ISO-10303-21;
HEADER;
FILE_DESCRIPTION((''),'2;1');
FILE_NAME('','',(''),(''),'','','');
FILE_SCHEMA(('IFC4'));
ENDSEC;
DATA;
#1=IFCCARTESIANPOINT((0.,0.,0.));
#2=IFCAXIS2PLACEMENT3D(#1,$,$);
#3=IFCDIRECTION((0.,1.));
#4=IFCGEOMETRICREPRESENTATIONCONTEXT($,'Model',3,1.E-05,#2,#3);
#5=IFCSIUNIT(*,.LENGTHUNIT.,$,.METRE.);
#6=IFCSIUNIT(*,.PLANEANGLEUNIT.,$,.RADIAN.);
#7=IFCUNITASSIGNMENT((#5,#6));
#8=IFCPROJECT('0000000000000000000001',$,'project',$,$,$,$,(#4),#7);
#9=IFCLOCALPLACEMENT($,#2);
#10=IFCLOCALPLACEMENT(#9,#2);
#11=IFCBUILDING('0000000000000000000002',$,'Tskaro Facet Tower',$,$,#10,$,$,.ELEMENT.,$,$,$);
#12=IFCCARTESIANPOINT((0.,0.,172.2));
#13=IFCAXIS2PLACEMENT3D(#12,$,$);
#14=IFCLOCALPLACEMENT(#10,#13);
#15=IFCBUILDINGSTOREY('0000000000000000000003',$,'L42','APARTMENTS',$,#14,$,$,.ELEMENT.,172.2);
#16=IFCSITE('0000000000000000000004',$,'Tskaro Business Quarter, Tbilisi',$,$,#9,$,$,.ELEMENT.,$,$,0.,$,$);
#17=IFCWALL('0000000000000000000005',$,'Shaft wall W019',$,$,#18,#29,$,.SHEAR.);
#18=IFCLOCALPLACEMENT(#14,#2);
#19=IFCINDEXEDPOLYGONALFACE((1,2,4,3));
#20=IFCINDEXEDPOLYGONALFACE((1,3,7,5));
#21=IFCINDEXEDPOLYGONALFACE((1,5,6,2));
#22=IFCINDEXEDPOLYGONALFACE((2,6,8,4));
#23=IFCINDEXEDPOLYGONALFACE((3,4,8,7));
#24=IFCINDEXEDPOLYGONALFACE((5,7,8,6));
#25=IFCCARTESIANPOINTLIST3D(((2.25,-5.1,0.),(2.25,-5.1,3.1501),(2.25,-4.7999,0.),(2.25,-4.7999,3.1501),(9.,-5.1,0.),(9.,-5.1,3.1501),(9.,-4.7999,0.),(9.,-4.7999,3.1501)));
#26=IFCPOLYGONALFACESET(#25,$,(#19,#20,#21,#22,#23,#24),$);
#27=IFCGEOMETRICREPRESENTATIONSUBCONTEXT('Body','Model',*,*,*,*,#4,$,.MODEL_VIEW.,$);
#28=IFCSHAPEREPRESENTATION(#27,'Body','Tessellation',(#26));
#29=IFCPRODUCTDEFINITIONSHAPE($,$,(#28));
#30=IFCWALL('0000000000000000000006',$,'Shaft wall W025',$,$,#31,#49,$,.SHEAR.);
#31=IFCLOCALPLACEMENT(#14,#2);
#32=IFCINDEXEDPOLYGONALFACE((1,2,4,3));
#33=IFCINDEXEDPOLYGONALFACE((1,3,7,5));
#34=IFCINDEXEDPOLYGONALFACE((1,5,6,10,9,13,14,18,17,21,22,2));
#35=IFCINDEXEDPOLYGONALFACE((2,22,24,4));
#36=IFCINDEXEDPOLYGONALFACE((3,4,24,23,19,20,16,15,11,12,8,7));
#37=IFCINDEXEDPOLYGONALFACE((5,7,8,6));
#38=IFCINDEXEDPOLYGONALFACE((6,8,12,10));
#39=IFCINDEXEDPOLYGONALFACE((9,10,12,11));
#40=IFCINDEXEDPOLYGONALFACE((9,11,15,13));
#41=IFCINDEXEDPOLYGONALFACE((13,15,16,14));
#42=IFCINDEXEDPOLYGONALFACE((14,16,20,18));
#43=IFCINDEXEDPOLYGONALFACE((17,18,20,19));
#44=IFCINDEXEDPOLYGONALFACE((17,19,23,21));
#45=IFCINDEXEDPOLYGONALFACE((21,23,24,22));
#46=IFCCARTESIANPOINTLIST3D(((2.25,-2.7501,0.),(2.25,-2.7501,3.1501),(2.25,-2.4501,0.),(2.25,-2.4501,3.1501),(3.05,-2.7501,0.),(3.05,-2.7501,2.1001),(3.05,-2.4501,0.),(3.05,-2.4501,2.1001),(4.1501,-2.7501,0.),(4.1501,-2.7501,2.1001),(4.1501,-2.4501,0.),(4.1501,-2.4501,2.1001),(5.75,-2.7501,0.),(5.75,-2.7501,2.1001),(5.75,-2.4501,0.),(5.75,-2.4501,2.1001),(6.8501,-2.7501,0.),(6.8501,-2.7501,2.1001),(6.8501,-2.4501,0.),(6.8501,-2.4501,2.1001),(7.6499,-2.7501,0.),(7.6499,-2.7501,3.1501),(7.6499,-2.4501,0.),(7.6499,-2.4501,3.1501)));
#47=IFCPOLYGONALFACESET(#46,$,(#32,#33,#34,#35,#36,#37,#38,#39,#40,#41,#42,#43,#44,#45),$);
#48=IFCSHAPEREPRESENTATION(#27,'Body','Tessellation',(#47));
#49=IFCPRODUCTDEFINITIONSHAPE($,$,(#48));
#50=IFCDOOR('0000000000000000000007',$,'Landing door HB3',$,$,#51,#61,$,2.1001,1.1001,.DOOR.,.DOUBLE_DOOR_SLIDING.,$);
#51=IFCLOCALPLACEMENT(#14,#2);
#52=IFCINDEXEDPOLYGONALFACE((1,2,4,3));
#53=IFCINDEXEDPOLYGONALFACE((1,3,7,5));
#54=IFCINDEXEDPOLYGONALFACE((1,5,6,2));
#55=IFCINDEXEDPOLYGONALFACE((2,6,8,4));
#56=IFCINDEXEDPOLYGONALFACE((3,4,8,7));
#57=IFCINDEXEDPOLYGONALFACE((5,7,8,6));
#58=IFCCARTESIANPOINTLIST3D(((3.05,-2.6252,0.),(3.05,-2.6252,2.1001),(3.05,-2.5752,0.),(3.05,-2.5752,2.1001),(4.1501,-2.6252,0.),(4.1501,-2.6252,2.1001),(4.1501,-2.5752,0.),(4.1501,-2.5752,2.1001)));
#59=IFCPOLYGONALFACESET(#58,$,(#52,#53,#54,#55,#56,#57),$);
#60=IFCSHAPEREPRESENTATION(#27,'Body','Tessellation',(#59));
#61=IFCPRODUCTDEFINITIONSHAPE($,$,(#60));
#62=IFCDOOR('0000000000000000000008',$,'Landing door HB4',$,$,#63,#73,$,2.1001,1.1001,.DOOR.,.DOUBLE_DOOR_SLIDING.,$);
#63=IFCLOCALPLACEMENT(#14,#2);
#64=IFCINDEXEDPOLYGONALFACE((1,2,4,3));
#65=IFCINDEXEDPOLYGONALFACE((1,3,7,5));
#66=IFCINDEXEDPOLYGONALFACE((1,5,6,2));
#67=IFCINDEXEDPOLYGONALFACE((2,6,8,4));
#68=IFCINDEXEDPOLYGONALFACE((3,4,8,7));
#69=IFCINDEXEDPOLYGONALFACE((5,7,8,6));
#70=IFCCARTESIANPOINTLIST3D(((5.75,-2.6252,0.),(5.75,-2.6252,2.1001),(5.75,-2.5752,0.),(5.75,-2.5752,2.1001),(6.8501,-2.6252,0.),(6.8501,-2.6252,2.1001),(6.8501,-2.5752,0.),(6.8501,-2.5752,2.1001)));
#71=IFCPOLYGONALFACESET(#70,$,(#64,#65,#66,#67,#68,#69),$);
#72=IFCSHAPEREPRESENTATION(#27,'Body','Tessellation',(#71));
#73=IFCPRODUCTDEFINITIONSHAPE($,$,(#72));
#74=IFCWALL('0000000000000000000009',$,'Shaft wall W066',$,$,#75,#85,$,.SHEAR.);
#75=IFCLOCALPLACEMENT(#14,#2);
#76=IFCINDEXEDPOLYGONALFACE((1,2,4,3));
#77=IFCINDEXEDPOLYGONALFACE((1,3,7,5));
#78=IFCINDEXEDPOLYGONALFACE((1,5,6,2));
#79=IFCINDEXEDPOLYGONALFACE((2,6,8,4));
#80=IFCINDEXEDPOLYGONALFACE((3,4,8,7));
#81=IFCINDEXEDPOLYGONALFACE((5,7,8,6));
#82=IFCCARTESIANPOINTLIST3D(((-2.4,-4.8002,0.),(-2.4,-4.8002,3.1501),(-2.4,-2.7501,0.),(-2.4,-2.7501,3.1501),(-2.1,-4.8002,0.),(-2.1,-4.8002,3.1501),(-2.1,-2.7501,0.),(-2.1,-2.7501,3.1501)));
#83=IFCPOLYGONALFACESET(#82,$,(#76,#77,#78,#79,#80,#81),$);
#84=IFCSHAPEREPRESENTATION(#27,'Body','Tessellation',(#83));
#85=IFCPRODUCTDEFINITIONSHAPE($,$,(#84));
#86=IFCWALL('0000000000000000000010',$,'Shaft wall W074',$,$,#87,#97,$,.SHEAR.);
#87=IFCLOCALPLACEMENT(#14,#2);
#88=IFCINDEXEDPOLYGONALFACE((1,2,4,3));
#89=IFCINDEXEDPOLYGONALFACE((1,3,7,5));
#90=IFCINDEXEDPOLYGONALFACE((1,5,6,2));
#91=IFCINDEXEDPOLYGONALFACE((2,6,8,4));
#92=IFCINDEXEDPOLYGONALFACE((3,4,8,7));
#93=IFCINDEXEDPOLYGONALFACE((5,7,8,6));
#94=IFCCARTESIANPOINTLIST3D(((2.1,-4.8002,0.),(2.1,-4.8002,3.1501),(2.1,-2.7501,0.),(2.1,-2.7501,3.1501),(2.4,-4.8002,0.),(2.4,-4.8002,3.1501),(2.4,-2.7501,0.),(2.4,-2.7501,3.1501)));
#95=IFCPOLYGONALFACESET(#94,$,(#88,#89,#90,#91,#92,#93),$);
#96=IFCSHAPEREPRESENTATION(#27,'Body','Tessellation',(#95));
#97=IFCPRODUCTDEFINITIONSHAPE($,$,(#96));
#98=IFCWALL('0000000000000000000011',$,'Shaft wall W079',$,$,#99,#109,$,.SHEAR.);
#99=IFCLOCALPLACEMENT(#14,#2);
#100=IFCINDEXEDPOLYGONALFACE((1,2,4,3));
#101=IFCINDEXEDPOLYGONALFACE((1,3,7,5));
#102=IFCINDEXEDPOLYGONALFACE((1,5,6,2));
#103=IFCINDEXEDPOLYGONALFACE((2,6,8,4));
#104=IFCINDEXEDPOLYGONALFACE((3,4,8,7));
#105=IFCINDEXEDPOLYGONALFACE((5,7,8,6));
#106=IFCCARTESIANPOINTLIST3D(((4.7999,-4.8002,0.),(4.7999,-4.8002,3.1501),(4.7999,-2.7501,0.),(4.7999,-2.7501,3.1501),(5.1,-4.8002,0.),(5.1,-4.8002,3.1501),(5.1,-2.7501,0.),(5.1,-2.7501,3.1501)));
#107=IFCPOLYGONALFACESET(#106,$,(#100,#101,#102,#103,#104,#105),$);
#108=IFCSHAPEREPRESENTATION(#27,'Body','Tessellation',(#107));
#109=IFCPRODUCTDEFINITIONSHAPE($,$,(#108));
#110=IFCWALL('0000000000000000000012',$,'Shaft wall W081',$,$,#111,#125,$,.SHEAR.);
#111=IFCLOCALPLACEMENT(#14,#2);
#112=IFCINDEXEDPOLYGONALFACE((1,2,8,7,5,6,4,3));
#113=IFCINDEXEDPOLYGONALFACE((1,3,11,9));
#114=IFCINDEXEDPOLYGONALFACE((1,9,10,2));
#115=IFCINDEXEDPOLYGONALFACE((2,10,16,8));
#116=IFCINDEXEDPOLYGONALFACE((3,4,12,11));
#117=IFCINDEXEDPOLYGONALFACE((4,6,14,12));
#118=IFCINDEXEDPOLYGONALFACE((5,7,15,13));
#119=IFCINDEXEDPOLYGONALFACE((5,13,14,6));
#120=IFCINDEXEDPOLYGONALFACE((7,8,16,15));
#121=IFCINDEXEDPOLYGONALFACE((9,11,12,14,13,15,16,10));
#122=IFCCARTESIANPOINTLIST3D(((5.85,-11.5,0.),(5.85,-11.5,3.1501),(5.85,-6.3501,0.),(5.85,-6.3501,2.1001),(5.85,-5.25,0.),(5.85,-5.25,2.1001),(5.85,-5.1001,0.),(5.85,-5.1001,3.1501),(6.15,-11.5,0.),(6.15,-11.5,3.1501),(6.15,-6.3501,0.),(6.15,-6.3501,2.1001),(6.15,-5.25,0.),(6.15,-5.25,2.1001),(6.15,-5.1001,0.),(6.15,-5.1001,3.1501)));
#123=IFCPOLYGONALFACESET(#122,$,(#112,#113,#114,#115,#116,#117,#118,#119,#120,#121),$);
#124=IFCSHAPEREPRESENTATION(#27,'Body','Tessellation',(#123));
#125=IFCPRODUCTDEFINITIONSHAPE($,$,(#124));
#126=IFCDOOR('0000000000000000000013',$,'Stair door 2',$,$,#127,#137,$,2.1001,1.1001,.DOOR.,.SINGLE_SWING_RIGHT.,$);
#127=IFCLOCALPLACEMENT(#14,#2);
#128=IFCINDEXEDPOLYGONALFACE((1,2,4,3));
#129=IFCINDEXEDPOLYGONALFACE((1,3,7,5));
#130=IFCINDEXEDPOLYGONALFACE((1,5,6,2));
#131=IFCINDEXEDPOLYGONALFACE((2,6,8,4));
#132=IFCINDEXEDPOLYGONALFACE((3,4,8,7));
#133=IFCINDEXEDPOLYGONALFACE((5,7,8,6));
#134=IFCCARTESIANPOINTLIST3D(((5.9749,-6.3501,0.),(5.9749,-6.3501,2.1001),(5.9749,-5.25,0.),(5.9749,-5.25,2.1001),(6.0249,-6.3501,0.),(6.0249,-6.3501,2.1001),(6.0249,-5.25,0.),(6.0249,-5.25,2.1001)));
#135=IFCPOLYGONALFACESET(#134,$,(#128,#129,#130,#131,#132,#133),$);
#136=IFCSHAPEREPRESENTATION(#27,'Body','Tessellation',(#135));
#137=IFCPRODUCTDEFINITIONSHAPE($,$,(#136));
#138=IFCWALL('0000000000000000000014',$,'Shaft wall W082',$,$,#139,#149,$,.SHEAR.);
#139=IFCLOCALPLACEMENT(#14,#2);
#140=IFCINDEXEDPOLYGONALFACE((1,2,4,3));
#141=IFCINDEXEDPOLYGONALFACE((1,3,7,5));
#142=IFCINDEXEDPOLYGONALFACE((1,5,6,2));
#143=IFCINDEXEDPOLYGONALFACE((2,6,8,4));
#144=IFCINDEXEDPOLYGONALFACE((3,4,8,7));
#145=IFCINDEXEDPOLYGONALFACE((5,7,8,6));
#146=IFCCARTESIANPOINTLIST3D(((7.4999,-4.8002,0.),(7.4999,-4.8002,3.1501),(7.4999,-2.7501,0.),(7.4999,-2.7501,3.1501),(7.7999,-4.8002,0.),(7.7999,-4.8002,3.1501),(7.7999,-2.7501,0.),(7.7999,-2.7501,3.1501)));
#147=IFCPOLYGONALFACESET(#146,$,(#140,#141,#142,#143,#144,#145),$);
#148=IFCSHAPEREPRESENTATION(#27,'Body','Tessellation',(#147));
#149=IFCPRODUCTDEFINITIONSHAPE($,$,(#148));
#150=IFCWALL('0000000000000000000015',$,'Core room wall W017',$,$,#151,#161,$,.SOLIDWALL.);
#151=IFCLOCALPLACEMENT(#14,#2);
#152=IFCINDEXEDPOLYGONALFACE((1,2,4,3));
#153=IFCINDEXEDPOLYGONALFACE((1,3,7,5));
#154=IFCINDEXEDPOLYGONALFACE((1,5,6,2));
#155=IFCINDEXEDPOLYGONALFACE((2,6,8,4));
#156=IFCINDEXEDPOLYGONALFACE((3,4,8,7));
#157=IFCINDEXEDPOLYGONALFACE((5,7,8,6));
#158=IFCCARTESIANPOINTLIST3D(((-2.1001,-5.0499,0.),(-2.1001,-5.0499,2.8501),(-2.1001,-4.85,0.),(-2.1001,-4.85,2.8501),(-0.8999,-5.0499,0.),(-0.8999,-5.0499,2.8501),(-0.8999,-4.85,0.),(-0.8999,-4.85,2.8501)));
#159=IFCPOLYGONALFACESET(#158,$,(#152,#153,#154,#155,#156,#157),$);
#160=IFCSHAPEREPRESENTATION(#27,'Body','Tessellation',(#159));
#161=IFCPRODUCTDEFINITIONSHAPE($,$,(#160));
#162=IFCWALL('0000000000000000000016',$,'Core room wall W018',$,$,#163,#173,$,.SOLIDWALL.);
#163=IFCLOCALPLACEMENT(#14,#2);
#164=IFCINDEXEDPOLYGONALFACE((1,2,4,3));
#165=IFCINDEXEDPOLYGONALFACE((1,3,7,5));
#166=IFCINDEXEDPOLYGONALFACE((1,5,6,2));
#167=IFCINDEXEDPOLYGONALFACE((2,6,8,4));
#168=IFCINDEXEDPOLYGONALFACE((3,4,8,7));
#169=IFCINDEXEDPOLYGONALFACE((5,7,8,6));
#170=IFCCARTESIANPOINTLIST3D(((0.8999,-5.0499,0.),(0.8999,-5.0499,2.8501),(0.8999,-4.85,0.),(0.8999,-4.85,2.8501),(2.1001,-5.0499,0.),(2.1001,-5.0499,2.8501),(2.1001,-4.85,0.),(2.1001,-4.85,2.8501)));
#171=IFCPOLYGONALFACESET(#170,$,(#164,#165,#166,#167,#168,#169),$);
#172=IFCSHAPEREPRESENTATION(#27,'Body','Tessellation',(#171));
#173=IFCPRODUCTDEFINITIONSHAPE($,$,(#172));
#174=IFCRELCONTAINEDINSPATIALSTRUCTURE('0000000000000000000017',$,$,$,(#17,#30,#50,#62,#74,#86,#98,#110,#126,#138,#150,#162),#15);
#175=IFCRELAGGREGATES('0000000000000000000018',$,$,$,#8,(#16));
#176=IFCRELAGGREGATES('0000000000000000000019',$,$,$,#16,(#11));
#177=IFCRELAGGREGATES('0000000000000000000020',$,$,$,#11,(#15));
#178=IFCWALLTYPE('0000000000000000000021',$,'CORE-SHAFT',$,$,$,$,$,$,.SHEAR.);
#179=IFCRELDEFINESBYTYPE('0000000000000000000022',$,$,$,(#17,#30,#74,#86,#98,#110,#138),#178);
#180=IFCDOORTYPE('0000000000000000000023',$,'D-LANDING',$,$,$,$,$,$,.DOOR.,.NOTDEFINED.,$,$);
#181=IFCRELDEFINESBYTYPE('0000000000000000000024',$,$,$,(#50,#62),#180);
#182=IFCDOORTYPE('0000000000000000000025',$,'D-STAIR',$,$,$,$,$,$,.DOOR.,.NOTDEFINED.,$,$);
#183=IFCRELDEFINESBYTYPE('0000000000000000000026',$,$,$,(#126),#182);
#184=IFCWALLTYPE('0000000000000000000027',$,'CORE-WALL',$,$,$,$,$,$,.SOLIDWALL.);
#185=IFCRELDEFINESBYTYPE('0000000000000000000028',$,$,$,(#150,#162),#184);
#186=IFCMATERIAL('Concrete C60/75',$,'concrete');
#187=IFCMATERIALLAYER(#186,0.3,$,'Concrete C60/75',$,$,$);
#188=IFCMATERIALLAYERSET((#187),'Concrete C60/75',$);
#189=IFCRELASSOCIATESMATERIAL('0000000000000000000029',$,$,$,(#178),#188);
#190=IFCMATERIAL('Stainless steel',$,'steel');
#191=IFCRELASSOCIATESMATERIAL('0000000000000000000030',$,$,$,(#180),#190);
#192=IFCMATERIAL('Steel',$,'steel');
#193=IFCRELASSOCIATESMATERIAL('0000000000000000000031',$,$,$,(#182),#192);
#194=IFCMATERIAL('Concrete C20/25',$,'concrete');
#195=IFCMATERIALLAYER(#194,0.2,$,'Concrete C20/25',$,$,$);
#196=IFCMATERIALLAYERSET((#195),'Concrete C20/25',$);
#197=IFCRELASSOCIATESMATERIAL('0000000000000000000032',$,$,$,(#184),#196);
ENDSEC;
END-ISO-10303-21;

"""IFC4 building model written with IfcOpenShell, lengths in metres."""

from ifc_helpers import new_model, si_unit, direction, frame, frame_2d, origin, place, context, subcontext, project, spatial, rectangle, extrude, material, layer, layer_set, type_object, element, fill, save


model = new_model("IFC4")

# Units and contexts
model_context = context("Model", 3, precision=1e-05, world=origin(), true_north=direction((0.0, 1.0)))
body_context = subcontext(model_context, "Body", "Model", "MODEL_VIEW")
ifc_project = project(units=[si_unit("LENGTHUNIT", "METRE"), si_unit("PLANEANGLEUNIT", "RADIAN")], contexts=[model_context])

# Site, building, storey
site_placement = place(None, origin())
site = spatial("IfcSite", under=ifc_project, at=site_placement, Name="Tskaro Business Quarter, Tbilisi", CompositionType="ELEMENT", RefElevation=0.0)
building_placement = place(site_placement, origin())
building = spatial("IfcBuilding", under=site, at=building_placement, Name="Tskaro Facet Tower", CompositionType="ELEMENT")
storey_placement = place(building_placement, frame((0.0, 0.0, 172.2)))
storey = spatial("IfcBuildingStorey", under=building, at=storey_placement, Name="L42", Description="APARTMENTS", CompositionType="ELEMENT", Elevation=172.2)

# Wall
ifc_material_1 = material(Name="Concrete C60/75", Category="concrete")
ifc_layer_1 = layer(ifc_material_1, 0.3, Name="Concrete C60/75")
ifc_layer_set_1 = layer_set([ifc_layer_1], Name="Concrete C60/75")
wall_type_1 = type_object("IfcWallType", Name="CORE-SHAFT", PredefinedType="SHEAR", material=ifc_layer_set_1)
wall_1_placement = place(storey_placement, frame((2.25, -4.95, 0.0), z_axis=(0.0, 0.0, 1.0), x_axis=(1.0, 0.0, 0.0)))
element("IfcWall", 1, at=wall_1_placement, inside=storey, type_object=wall_type_1, Name="Shaft wall W019", PredefinedType="SHEAR", context=body_context, shape_type="SweptSolid", body=[
    extrude(rectangle(XDim=6.75, YDim=0.3, at=frame_2d((3.375, 0.0))), origin(), (0.0, 0.0, 1.0), 3.1501),
])

# Wall, openings, doors
wall_2_placement = place(storey_placement, frame((2.25, -2.6001, 0.0), z_axis=(0.0, 0.0, 1.0), x_axis=(1.0, 0.0, 0.0)))
wall_2 = element("IfcWall", 2, at=wall_2_placement, inside=storey, type_object=wall_type_1, Name="Shaft wall W025", PredefinedType="SHEAR", context=body_context, shape_type="SweptSolid", body=[
    extrude(rectangle(XDim=5.3999, YDim=0.3, at=frame_2d((2.7, 0.0))), origin(), (0.0, 0.0, 1.0), 3.1501),
])
opening_1_placement = place(wall_2_placement, frame((0.8, 0.0, 0.0)))
opening_1 = element("IfcOpeningElement", 3, at=opening_1_placement, cuts=wall_2, PredefinedType="OPENING", context=body_context, shape_type="SweptSolid", body=[
    extrude(rectangle(XDim=1.1001, YDim=2.1001, at=frame_2d((0.55, 1.05))), frame((0.0, 0.1599, 0.0), z_axis=(0.0, -1.0, 0.0), x_axis=(1.0, 0.0, 0.0)), (0.0, 0.0, 1.0), 0.3201),
])
opening_2_placement = place(wall_2_placement, frame((3.5, 0.0, 0.0)))
opening_2 = element("IfcOpeningElement", 4, at=opening_2_placement, cuts=wall_2, PredefinedType="OPENING", context=body_context, shape_type="SweptSolid", body=[
    extrude(rectangle(XDim=1.1001, YDim=2.1001, at=frame_2d((0.55, 1.05))), frame((0.0, 0.1599, 0.0), z_axis=(0.0, -1.0, 0.0), x_axis=(1.0, 0.0, 0.0)), (0.0, 0.0, 1.0), 0.3201),
])
ifc_material_2 = material(Name="Stainless steel", Category="steel")
door_type_1 = type_object("IfcDoorType", Name="D-LANDING", OperationType="NOTDEFINED", PredefinedType="DOOR", material=ifc_material_2)
door_1_placement = place(opening_1_placement, origin())
door_1 = element("IfcDoor", 5, at=door_1_placement, inside=storey, type_object=door_type_1, Name="Landing door HB3", OperationType="DOUBLE_DOOR_SLIDING", OverallHeight=2.1001, OverallWidth=1.1001, PredefinedType="DOOR", context=body_context, shape_type="SweptSolid", body=[
    extrude(rectangle(XDim=1.1001, YDim=2.1001, at=frame_2d((0.55, 1.05))), frame((0.0, 0.0249, 0.0), z_axis=(0.0, -1.0, 0.0), x_axis=(1.0, 0.0, 0.0)), (0.0, 0.0, 1.0), 0.05),
])
fill(opening_1, door_1)
door_2_placement = place(opening_2_placement, origin())
door_2 = element("IfcDoor", 6, at=door_2_placement, inside=storey, type_object=door_type_1, Name="Landing door HB4", OperationType="DOUBLE_DOOR_SLIDING", OverallHeight=2.1001, OverallWidth=1.1001, PredefinedType="DOOR", context=body_context, shape_type="SweptSolid", body=[
    extrude(rectangle(XDim=1.1001, YDim=2.1001, at=frame_2d((0.55, 1.05))), frame((0.0, 0.0249, 0.0), z_axis=(0.0, -1.0, 0.0), x_axis=(1.0, 0.0, 0.0)), (0.0, 0.0, 1.0), 0.05),
])
fill(opening_2, door_2)

# Walls
for number, where, z_axis, x_axis, name in (
    (7, (-2.25, -4.8, 0.0), (0.0, 0.0, 1.0), (0.0, 1.0, 0.0), "Shaft wall W066"),
    (8, (2.25, -4.8, 0.0), (0.0, 0.0, 1.0), (0.0, 1.0, 0.0), "Shaft wall W074"),
    (9, (4.95, -4.8, 0.0), (0.0, 0.0, 1.0), (0.0, 1.0, 0.0), "Shaft wall W079"),
):
    element("IfcWall", number, at=place(storey_placement, frame(where, z_axis=z_axis, x_axis=x_axis)), inside=storey, type_object=wall_type_1, Name=name, PredefinedType="SHEAR", context=body_context, shape_type="SweptSolid", body=[
        extrude(rectangle(XDim=2.05, YDim=0.3, at=frame_2d((1.0249, 0.0))), origin(), (0.0, 0.0, 1.0), 3.1501),
    ])

# Wall, opening, door
wall_3_placement = place(storey_placement, frame((6.0, -5.1001, 0.0), z_axis=(0.0, 0.0, 1.0), x_axis=(0.0, -1.0, 0.0)))
wall_3 = element("IfcWall", 10, at=wall_3_placement, inside=storey, type_object=wall_type_1, Name="Shaft wall W081", PredefinedType="SHEAR", context=body_context, shape_type="SweptSolid", body=[
    extrude(rectangle(XDim=6.3999, YDim=0.3, at=frame_2d((3.2, 0.0))), origin(), (0.0, 0.0, 1.0), 3.1501),
])
opening_3_placement = place(wall_3_placement, frame((0.1499, 0.0, 0.0)))
opening_3 = element("IfcOpeningElement", 11, at=opening_3_placement, cuts=wall_3, PredefinedType="OPENING", context=body_context, shape_type="SweptSolid", body=[
    extrude(rectangle(XDim=1.1001, YDim=2.1001, at=frame_2d((0.55, 1.05))), frame((0.0, 0.1599, 0.0), z_axis=(0.0, -1.0, 0.0), x_axis=(1.0, 0.0, 0.0)), (0.0, 0.0, 1.0), 0.3201),
])
ifc_material_3 = material(Name="Steel", Category="steel")
door_type_2 = type_object("IfcDoorType", Name="D-STAIR", OperationType="NOTDEFINED", PredefinedType="DOOR", material=ifc_material_3)
door_3_placement = place(opening_3_placement, origin())
door_3 = element("IfcDoor", 12, at=door_3_placement, inside=storey, type_object=door_type_2, Name="Stair door 2", OperationType="SINGLE_SWING_RIGHT", OverallHeight=2.1001, OverallWidth=1.1001, PredefinedType="DOOR", context=body_context, shape_type="SweptSolid", body=[
    extrude(rectangle(XDim=1.1001, YDim=2.1001, at=frame_2d((0.55, 1.05))), frame((0.0, 0.0249, 0.0), z_axis=(0.0, -1.0, 0.0), x_axis=(1.0, 0.0, 0.0)), (0.0, 0.0, 1.0), 0.05),
])
fill(opening_3, door_3)

# Walls
wall_4_placement = place(storey_placement, frame((7.6499, -4.8, 0.0), z_axis=(0.0, 0.0, 1.0), x_axis=(0.0, 1.0, 0.0)))
element("IfcWall", 13, at=wall_4_placement, inside=storey, type_object=wall_type_1, Name="Shaft wall W082", PredefinedType="SHEAR", context=body_context, shape_type="SweptSolid", body=[
    extrude(rectangle(XDim=2.05, YDim=0.3, at=frame_2d((1.0249, 0.0))), origin(), (0.0, 0.0, 1.0), 3.1501),
])
ifc_material_4 = material(Name="Concrete C20/25", Category="concrete")
ifc_layer_2 = layer(ifc_material_4, 0.2, Name="Concrete C20/25")
ifc_layer_set_2 = layer_set([ifc_layer_2], Name="Concrete C20/25")
wall_type_2 = type_object("IfcWallType", Name="CORE-WALL", PredefinedType="SOLIDWALL", material=ifc_layer_set_2)
for number, where, z_axis, x_axis, name in (
    (14, (-2.1001, -4.95, 0.0), (0.0, 0.0, 1.0), (1.0, 0.0, 0.0), "Core room wall W017"),
    (15, (0.8999, -4.95, 0.0), (0.0, 0.0, 1.0), (1.0, 0.0, 0.0), "Core room wall W018"),
):
    element("IfcWall", number, at=place(storey_placement, frame(where, z_axis=z_axis, x_axis=x_axis)), inside=storey, type_object=wall_type_2, Name=name, PredefinedType="SOLIDWALL", context=body_context, shape_type="SweptSolid", body=[
        extrude(rectangle(XDim=1.2002, YDim=0.2, at=frame_2d((0.6001, 0.0))), origin(), (0.0, 0.0, 1.0), 2.8501),
    ])

save(model, "model.ifc")
